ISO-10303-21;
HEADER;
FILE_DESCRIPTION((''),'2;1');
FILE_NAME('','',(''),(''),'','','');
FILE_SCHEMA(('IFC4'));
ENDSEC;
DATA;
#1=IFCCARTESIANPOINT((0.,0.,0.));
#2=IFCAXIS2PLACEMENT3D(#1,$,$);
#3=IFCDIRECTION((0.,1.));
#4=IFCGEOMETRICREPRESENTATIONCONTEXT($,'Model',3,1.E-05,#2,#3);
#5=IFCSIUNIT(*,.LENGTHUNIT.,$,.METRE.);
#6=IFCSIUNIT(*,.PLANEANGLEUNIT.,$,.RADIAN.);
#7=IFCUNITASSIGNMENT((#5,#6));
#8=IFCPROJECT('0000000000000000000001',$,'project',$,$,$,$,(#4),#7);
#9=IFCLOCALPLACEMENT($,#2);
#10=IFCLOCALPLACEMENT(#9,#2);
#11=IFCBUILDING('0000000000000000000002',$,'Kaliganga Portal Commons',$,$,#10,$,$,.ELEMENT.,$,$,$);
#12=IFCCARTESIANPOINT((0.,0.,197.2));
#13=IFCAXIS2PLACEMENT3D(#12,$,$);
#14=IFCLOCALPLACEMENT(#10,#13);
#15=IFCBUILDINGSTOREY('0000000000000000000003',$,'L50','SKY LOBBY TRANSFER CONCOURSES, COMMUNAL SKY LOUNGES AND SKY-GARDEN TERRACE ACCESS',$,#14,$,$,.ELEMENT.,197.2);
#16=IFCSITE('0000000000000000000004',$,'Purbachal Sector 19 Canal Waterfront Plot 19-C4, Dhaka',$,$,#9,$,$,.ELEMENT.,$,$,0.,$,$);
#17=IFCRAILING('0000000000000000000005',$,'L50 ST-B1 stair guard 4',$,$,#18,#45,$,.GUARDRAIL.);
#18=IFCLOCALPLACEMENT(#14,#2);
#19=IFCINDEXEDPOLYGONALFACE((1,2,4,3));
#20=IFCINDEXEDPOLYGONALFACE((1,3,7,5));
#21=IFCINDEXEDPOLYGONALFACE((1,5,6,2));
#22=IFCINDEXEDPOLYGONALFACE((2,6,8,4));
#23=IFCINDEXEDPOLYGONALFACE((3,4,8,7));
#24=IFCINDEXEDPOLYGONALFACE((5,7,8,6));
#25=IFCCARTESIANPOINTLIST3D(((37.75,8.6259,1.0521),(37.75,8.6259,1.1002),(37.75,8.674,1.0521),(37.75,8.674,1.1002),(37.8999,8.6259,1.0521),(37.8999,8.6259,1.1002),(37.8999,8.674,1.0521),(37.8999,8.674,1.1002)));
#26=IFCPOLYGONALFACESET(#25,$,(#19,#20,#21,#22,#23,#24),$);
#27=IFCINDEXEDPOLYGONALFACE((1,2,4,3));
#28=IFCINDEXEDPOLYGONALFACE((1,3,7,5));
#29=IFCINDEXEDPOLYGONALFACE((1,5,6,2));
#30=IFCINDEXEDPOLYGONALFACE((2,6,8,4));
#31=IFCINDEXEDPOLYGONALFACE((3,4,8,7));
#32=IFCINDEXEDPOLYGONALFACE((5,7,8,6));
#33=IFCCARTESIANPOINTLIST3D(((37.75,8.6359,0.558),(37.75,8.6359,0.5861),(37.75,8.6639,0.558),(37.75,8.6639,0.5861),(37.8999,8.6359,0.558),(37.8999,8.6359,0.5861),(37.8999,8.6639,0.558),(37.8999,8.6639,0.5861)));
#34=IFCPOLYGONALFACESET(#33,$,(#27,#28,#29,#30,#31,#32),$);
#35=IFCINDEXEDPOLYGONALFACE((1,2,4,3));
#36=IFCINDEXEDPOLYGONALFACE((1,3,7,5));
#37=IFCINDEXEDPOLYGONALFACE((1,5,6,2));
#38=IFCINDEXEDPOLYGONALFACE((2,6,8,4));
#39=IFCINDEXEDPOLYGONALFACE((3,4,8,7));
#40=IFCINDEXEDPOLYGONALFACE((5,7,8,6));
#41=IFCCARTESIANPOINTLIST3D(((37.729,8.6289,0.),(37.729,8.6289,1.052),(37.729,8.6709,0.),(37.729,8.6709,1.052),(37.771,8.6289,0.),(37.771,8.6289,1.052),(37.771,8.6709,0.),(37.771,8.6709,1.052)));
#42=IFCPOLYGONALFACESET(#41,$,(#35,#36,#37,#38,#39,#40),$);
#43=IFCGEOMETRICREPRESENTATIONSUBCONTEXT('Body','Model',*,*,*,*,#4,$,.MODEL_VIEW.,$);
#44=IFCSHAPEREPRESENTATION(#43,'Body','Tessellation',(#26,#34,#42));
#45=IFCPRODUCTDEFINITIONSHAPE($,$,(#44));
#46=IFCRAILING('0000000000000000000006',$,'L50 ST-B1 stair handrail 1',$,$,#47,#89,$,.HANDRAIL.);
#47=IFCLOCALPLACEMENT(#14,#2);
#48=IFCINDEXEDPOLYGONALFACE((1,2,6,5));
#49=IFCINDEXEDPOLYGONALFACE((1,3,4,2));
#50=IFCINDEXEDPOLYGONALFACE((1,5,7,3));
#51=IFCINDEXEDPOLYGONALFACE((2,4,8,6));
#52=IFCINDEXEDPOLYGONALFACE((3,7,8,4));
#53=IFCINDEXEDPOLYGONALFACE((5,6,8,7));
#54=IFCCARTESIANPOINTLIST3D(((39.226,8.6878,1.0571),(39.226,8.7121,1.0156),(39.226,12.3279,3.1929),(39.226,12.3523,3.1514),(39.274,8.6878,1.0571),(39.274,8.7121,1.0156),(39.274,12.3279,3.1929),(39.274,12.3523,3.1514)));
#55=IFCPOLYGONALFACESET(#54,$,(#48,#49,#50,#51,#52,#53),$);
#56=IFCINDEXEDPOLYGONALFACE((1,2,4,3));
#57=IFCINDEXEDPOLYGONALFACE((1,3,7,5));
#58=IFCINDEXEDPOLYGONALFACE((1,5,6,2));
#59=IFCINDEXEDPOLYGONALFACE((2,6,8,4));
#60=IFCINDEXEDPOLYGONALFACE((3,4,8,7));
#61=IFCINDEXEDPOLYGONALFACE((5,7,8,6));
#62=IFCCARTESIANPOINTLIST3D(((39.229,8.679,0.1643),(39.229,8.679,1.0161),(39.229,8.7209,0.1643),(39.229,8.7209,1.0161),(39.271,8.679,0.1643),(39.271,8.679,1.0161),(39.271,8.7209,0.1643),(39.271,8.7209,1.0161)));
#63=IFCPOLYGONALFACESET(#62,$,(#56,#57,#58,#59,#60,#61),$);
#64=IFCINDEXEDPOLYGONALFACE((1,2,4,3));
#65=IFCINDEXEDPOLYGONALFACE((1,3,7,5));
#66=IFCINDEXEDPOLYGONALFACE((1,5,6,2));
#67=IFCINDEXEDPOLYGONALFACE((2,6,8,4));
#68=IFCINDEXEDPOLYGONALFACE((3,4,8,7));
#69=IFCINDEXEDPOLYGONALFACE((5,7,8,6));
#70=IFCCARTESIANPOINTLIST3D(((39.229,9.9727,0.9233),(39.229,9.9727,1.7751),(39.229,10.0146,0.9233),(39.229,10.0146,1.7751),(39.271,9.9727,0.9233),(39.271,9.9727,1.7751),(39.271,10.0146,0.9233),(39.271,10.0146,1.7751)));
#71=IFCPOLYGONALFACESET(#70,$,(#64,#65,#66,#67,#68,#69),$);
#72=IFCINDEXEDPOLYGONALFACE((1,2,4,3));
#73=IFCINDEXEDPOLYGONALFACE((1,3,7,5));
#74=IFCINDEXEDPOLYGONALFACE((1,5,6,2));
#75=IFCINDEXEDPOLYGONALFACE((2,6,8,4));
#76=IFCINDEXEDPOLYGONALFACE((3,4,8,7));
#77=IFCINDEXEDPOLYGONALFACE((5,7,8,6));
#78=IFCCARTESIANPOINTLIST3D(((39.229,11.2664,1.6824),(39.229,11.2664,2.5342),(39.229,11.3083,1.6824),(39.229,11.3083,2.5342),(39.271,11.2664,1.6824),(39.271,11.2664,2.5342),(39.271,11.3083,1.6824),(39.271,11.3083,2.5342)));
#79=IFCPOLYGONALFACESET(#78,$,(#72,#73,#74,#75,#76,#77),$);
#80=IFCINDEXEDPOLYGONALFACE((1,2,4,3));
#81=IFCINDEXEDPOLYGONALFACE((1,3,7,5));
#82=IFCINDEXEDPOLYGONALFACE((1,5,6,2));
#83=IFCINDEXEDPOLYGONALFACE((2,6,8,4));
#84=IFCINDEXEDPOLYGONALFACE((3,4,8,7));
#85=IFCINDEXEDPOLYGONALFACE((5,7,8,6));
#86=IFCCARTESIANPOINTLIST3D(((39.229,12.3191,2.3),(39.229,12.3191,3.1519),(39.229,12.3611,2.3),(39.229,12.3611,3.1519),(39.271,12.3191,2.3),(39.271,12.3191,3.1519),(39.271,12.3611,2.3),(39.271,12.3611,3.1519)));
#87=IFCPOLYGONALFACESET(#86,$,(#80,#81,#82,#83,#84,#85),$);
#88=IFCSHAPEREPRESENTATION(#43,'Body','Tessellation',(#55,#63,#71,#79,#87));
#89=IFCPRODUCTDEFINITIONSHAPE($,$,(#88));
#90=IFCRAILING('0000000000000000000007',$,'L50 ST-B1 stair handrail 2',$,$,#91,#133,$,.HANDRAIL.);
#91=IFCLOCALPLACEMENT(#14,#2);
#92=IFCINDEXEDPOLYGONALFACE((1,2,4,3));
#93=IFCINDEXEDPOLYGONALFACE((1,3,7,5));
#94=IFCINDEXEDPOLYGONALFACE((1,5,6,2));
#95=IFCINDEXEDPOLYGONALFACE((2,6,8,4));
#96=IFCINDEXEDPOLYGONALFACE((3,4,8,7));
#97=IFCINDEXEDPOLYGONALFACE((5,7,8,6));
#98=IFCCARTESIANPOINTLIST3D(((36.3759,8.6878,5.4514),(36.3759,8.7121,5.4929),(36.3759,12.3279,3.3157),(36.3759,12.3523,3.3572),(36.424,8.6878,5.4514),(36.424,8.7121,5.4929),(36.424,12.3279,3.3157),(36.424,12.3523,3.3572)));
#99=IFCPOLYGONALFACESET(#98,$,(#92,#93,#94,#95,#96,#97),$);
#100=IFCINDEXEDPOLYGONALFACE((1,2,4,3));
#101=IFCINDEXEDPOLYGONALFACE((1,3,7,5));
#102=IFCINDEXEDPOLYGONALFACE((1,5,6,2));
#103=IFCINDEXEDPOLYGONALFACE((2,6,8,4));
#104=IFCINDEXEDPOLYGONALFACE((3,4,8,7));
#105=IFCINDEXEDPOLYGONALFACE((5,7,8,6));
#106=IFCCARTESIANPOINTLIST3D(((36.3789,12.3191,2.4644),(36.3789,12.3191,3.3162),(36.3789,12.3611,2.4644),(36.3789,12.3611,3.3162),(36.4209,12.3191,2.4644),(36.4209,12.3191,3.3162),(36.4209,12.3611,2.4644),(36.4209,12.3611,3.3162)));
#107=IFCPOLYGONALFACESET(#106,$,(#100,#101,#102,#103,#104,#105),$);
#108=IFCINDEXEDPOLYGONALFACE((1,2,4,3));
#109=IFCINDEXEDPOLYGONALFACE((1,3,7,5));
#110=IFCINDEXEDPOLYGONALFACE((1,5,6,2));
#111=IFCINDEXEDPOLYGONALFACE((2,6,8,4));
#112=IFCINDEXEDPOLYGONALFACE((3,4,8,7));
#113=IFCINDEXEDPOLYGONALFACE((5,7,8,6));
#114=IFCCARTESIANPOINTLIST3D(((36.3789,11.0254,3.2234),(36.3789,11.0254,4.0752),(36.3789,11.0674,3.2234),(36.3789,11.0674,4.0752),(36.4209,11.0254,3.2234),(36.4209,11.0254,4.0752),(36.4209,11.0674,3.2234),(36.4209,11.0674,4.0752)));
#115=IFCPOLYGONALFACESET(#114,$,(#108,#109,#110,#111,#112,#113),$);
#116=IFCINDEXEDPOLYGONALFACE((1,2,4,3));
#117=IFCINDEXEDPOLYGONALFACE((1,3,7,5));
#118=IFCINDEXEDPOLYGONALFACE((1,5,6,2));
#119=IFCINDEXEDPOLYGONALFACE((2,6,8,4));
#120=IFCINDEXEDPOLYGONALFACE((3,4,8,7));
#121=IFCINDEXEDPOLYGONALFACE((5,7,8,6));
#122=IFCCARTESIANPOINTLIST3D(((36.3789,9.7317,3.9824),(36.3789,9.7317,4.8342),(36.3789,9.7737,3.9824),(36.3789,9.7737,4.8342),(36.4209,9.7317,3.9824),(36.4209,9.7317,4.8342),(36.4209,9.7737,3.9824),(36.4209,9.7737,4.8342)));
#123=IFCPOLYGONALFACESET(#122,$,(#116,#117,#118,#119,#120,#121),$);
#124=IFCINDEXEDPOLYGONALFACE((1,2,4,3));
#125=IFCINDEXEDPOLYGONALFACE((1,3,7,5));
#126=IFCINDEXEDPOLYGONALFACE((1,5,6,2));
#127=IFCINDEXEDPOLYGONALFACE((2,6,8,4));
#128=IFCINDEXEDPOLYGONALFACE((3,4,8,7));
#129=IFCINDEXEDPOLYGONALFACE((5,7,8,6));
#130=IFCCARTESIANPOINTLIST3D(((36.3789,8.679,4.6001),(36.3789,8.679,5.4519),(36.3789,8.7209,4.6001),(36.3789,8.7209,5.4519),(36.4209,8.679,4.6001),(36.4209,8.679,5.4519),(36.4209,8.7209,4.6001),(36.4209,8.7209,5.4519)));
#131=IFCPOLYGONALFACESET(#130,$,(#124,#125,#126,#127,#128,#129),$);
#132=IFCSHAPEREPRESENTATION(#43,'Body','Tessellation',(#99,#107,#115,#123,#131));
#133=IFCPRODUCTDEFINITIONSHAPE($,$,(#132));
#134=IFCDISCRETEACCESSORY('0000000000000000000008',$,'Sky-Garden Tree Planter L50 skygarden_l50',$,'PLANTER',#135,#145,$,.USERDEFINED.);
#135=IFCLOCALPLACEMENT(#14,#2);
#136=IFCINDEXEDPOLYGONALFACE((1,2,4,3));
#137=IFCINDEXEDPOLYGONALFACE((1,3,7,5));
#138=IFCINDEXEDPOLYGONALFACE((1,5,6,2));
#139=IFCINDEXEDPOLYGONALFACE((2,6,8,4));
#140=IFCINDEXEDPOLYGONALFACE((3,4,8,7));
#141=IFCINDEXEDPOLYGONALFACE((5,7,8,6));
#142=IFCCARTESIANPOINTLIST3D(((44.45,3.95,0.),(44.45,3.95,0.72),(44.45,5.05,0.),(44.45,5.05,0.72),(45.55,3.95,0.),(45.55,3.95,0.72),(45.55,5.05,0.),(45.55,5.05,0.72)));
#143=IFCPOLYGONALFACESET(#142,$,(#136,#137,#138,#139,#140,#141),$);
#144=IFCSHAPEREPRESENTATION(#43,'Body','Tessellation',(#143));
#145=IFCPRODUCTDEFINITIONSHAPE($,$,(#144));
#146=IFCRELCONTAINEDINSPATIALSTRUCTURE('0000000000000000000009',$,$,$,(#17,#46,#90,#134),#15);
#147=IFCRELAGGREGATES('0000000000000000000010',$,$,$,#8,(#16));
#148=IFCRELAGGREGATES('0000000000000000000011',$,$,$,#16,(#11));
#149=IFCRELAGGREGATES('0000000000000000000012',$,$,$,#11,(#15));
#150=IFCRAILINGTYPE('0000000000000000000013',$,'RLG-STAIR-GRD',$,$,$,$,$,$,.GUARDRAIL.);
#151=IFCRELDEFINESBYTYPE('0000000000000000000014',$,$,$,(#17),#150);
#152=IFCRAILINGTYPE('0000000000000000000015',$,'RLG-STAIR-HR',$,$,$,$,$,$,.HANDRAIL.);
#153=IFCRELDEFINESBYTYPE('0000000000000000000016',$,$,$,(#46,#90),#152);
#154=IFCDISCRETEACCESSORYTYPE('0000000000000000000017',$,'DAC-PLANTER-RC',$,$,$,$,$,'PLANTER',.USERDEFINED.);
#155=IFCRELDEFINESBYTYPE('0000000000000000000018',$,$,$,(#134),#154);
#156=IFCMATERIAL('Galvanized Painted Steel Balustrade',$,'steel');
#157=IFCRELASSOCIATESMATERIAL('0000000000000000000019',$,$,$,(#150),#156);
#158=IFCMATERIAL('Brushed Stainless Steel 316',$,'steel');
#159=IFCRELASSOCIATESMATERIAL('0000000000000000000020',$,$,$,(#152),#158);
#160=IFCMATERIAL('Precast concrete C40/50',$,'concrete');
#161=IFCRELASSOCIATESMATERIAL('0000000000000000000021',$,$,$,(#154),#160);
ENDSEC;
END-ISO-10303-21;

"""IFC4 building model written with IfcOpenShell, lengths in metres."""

from ifc_helpers import new_model, si_unit, direction, frame, origin, origin_2d, place, context, subcontext, project, spatial, rectangle, extrude, source, transform, mapped, material, type_object, element, save


model = new_model("IFC4")

# Units and contexts
model_context = context("Model", 3, precision=1e-05, world=origin(), true_north=direction((0.0, 1.0)))
body_context = subcontext(model_context, "Body", "Model", "MODEL_VIEW")
ifc_project = project(units=[si_unit("LENGTHUNIT", "METRE"), si_unit("PLANEANGLEUNIT", "RADIAN")], contexts=[model_context])

# Site, building, storey
site_placement = place(None, origin())
site = spatial("IfcSite", under=ifc_project, at=site_placement, Name="Purbachal Sector 19 Canal Waterfront Plot 19-C4, Dhaka", CompositionType="ELEMENT", RefElevation=0.0)
building_placement = place(site_placement, origin())
building = spatial("IfcBuilding", under=site, at=building_placement, Name="Kaliganga Portal Commons", CompositionType="ELEMENT")
storey_placement = place(building_placement, frame((0.0, 0.0, 197.2)))
storey = spatial("IfcBuildingStorey", under=building, at=storey_placement, Name="L50", Description="SKY LOBBY TRANSFER CONCOURSES, COMMUNAL SKY LOUNGES AND SKY-GARDEN TERRACE ACCESS", CompositionType="ELEMENT", Elevation=197.2)

# Railings
ifc_material_1 = material(Name="Galvanized Painted Steel Balustrade", Category="steel")
railing_type_1 = type_object("IfcRailingType", Name="RLG-STAIR-GRD", PredefinedType="GUARDRAIL", material=ifc_material_1)
railing_1_placement = place(storey_placement, frame((37.8999, 8.6499, 0.0)))
element("IfcRailing", 1, at=railing_1_placement, inside=storey, type_object=railing_type_1, Name="L50 ST-B1 stair guard 4", PredefinedType="GUARDRAIL", context=body_context, shape_type="SweptSolid", body=[
    extrude(rectangle(XDim=0.0481, YDim=0.0481, at=origin_2d()), frame((0.0, 0.0, 1.0762), z_axis=(-1.0, 0.0, 0.0), x_axis=(0.0, -1.0, 0.0)), (0.0, 0.0, 1.0), 0.1499),
    extrude(rectangle(XDim=0.0281, YDim=0.0281, at=origin_2d()), frame((0.0, 0.0, 0.572), z_axis=(-1.0, 0.0, 0.0), x_axis=(0.0, -1.0, 0.0)), (0.0, 0.0, 1.0), 0.1499),
    extrude(rectangle(XDim=0.042, YDim=0.042, at=origin_2d()), frame((-0.1499, 0.0, 0.0)), (0.0, 0.0, 1.0), 1.052),
])
ifc_material_2 = material(Name="Brushed Stainless Steel 316", Category="steel")
railing_type_2 = type_object("IfcRailingType", Name="RLG-STAIR-HR", PredefinedType="HANDRAIL", material=ifc_material_2)
railing_2_placement = place(storey_placement, frame((39.25, 8.7, 0.1643)))
element("IfcRailing", 2, at=railing_2_placement, inside=storey, type_object=railing_type_2, Name="L50 ST-B1 stair handrail 1", PredefinedType="HANDRAIL", context=body_context, shape_type="SweptSolid", body=[
    extrude(rectangle(XDim=0.0481, YDim=0.0481, at=origin_2d()), frame((0.0, 0.0, 0.8721), z_axis=(0.0, 0.862505, 0.506049), x_axis=(-1.0, 0.0, 0.0)), (0.0, 0.0, 1.0), 4.2205),
    extrude(rectangle(XDim=0.042, YDim=0.042, at=origin_2d()), origin(), (0.0, 0.0, 1.0), 0.8518),
    extrude(rectangle(XDim=0.042, YDim=0.042, at=origin_2d()), frame((0.0, 1.2937, 0.759)), (0.0, 0.0, 1.0), 0.8518),
    extrude(rectangle(XDim=0.042, YDim=0.042, at=origin_2d()), frame((0.0, 2.5874, 1.5181)), (0.0, 0.0, 1.0), 0.8518),
    extrude(rectangle(XDim=0.042, YDim=0.042, at=origin_2d()), frame((0.0, 3.6401, 2.1357)), (0.0, 0.0, 1.0), 0.8518),
])
railing_3_placement = place(storey_placement, frame((36.3999, 12.3401, 2.4644)))
element("IfcRailing", 3, at=railing_3_placement, inside=storey, type_object=railing_type_2, Name="L50 ST-B1 stair handrail 2", PredefinedType="HANDRAIL", context=body_context, shape_type="SweptSolid", body=[
    extrude(rectangle(XDim=0.0481, YDim=0.0481, at=origin_2d()), frame((0.0, 0.0, 0.8721), z_axis=(0.0, -0.862505, 0.506049), x_axis=(1.0, 0.0, 0.0)), (0.0, 0.0, 1.0), 4.2205),
    extrude(rectangle(XDim=0.042, YDim=0.042, at=origin_2d()), origin(), (0.0, 0.0, 1.0), 0.8518),
    extrude(rectangle(XDim=0.042, YDim=0.042, at=origin_2d()), frame((0.0, -1.2937, 0.759)), (0.0, 0.0, 1.0), 0.8518),
    extrude(rectangle(XDim=0.042, YDim=0.042, at=origin_2d()), frame((0.0, -2.5874, 1.5181)), (0.0, 0.0, 1.0), 0.8518),
    extrude(rectangle(XDim=0.042, YDim=0.042, at=origin_2d()), frame((0.0, -3.6401, 2.1357)), (0.0, 0.0, 1.0), 0.8518),
])

# Discrete accessory
ifc_material_3 = material(Name="Precast concrete C40/50", Category="concrete")
discrete_accessory_type = type_object("IfcDiscreteAccessoryType", Name="DAC-PLANTER-RC", ElementType="PLANTER", PredefinedType="USERDEFINED", material=ifc_material_3)
shared_shape_1 = source(origin(), body_context, "Body", "SweptSolid", [
    extrude(rectangle(XDim=1.1001, YDim=1.1001, at=origin_2d()), origin(), (0.0, 0.0, 1.0), 0.72),
])
discrete_accessory_placement = place(storey_placement, frame((45.0, 4.5, 0.0), z_axis=(0.0, 0.0, 1.0), x_axis=(1.0, 0.0, 0.0)))
element("IfcDiscreteAccessory", 4, at=discrete_accessory_placement, inside=storey, type_object=discrete_accessory_type, Name="Sky-Garden Tree Planter L50 skygarden_l50", ObjectType="PLANTER", PredefinedType="USERDEFINED", context=body_context, shape_type="MappedRepresentation", body=[
    mapped(shared_shape_1, transform((0.0, 0.0, 0.0), x_axis=(1.0, 0.0, 0.0), y_axis=(0.0, 1.0, 0.0), z_axis=(0.0, 0.0, 1.0), scale=1.0)),
])

save(model, "model.ifc")
